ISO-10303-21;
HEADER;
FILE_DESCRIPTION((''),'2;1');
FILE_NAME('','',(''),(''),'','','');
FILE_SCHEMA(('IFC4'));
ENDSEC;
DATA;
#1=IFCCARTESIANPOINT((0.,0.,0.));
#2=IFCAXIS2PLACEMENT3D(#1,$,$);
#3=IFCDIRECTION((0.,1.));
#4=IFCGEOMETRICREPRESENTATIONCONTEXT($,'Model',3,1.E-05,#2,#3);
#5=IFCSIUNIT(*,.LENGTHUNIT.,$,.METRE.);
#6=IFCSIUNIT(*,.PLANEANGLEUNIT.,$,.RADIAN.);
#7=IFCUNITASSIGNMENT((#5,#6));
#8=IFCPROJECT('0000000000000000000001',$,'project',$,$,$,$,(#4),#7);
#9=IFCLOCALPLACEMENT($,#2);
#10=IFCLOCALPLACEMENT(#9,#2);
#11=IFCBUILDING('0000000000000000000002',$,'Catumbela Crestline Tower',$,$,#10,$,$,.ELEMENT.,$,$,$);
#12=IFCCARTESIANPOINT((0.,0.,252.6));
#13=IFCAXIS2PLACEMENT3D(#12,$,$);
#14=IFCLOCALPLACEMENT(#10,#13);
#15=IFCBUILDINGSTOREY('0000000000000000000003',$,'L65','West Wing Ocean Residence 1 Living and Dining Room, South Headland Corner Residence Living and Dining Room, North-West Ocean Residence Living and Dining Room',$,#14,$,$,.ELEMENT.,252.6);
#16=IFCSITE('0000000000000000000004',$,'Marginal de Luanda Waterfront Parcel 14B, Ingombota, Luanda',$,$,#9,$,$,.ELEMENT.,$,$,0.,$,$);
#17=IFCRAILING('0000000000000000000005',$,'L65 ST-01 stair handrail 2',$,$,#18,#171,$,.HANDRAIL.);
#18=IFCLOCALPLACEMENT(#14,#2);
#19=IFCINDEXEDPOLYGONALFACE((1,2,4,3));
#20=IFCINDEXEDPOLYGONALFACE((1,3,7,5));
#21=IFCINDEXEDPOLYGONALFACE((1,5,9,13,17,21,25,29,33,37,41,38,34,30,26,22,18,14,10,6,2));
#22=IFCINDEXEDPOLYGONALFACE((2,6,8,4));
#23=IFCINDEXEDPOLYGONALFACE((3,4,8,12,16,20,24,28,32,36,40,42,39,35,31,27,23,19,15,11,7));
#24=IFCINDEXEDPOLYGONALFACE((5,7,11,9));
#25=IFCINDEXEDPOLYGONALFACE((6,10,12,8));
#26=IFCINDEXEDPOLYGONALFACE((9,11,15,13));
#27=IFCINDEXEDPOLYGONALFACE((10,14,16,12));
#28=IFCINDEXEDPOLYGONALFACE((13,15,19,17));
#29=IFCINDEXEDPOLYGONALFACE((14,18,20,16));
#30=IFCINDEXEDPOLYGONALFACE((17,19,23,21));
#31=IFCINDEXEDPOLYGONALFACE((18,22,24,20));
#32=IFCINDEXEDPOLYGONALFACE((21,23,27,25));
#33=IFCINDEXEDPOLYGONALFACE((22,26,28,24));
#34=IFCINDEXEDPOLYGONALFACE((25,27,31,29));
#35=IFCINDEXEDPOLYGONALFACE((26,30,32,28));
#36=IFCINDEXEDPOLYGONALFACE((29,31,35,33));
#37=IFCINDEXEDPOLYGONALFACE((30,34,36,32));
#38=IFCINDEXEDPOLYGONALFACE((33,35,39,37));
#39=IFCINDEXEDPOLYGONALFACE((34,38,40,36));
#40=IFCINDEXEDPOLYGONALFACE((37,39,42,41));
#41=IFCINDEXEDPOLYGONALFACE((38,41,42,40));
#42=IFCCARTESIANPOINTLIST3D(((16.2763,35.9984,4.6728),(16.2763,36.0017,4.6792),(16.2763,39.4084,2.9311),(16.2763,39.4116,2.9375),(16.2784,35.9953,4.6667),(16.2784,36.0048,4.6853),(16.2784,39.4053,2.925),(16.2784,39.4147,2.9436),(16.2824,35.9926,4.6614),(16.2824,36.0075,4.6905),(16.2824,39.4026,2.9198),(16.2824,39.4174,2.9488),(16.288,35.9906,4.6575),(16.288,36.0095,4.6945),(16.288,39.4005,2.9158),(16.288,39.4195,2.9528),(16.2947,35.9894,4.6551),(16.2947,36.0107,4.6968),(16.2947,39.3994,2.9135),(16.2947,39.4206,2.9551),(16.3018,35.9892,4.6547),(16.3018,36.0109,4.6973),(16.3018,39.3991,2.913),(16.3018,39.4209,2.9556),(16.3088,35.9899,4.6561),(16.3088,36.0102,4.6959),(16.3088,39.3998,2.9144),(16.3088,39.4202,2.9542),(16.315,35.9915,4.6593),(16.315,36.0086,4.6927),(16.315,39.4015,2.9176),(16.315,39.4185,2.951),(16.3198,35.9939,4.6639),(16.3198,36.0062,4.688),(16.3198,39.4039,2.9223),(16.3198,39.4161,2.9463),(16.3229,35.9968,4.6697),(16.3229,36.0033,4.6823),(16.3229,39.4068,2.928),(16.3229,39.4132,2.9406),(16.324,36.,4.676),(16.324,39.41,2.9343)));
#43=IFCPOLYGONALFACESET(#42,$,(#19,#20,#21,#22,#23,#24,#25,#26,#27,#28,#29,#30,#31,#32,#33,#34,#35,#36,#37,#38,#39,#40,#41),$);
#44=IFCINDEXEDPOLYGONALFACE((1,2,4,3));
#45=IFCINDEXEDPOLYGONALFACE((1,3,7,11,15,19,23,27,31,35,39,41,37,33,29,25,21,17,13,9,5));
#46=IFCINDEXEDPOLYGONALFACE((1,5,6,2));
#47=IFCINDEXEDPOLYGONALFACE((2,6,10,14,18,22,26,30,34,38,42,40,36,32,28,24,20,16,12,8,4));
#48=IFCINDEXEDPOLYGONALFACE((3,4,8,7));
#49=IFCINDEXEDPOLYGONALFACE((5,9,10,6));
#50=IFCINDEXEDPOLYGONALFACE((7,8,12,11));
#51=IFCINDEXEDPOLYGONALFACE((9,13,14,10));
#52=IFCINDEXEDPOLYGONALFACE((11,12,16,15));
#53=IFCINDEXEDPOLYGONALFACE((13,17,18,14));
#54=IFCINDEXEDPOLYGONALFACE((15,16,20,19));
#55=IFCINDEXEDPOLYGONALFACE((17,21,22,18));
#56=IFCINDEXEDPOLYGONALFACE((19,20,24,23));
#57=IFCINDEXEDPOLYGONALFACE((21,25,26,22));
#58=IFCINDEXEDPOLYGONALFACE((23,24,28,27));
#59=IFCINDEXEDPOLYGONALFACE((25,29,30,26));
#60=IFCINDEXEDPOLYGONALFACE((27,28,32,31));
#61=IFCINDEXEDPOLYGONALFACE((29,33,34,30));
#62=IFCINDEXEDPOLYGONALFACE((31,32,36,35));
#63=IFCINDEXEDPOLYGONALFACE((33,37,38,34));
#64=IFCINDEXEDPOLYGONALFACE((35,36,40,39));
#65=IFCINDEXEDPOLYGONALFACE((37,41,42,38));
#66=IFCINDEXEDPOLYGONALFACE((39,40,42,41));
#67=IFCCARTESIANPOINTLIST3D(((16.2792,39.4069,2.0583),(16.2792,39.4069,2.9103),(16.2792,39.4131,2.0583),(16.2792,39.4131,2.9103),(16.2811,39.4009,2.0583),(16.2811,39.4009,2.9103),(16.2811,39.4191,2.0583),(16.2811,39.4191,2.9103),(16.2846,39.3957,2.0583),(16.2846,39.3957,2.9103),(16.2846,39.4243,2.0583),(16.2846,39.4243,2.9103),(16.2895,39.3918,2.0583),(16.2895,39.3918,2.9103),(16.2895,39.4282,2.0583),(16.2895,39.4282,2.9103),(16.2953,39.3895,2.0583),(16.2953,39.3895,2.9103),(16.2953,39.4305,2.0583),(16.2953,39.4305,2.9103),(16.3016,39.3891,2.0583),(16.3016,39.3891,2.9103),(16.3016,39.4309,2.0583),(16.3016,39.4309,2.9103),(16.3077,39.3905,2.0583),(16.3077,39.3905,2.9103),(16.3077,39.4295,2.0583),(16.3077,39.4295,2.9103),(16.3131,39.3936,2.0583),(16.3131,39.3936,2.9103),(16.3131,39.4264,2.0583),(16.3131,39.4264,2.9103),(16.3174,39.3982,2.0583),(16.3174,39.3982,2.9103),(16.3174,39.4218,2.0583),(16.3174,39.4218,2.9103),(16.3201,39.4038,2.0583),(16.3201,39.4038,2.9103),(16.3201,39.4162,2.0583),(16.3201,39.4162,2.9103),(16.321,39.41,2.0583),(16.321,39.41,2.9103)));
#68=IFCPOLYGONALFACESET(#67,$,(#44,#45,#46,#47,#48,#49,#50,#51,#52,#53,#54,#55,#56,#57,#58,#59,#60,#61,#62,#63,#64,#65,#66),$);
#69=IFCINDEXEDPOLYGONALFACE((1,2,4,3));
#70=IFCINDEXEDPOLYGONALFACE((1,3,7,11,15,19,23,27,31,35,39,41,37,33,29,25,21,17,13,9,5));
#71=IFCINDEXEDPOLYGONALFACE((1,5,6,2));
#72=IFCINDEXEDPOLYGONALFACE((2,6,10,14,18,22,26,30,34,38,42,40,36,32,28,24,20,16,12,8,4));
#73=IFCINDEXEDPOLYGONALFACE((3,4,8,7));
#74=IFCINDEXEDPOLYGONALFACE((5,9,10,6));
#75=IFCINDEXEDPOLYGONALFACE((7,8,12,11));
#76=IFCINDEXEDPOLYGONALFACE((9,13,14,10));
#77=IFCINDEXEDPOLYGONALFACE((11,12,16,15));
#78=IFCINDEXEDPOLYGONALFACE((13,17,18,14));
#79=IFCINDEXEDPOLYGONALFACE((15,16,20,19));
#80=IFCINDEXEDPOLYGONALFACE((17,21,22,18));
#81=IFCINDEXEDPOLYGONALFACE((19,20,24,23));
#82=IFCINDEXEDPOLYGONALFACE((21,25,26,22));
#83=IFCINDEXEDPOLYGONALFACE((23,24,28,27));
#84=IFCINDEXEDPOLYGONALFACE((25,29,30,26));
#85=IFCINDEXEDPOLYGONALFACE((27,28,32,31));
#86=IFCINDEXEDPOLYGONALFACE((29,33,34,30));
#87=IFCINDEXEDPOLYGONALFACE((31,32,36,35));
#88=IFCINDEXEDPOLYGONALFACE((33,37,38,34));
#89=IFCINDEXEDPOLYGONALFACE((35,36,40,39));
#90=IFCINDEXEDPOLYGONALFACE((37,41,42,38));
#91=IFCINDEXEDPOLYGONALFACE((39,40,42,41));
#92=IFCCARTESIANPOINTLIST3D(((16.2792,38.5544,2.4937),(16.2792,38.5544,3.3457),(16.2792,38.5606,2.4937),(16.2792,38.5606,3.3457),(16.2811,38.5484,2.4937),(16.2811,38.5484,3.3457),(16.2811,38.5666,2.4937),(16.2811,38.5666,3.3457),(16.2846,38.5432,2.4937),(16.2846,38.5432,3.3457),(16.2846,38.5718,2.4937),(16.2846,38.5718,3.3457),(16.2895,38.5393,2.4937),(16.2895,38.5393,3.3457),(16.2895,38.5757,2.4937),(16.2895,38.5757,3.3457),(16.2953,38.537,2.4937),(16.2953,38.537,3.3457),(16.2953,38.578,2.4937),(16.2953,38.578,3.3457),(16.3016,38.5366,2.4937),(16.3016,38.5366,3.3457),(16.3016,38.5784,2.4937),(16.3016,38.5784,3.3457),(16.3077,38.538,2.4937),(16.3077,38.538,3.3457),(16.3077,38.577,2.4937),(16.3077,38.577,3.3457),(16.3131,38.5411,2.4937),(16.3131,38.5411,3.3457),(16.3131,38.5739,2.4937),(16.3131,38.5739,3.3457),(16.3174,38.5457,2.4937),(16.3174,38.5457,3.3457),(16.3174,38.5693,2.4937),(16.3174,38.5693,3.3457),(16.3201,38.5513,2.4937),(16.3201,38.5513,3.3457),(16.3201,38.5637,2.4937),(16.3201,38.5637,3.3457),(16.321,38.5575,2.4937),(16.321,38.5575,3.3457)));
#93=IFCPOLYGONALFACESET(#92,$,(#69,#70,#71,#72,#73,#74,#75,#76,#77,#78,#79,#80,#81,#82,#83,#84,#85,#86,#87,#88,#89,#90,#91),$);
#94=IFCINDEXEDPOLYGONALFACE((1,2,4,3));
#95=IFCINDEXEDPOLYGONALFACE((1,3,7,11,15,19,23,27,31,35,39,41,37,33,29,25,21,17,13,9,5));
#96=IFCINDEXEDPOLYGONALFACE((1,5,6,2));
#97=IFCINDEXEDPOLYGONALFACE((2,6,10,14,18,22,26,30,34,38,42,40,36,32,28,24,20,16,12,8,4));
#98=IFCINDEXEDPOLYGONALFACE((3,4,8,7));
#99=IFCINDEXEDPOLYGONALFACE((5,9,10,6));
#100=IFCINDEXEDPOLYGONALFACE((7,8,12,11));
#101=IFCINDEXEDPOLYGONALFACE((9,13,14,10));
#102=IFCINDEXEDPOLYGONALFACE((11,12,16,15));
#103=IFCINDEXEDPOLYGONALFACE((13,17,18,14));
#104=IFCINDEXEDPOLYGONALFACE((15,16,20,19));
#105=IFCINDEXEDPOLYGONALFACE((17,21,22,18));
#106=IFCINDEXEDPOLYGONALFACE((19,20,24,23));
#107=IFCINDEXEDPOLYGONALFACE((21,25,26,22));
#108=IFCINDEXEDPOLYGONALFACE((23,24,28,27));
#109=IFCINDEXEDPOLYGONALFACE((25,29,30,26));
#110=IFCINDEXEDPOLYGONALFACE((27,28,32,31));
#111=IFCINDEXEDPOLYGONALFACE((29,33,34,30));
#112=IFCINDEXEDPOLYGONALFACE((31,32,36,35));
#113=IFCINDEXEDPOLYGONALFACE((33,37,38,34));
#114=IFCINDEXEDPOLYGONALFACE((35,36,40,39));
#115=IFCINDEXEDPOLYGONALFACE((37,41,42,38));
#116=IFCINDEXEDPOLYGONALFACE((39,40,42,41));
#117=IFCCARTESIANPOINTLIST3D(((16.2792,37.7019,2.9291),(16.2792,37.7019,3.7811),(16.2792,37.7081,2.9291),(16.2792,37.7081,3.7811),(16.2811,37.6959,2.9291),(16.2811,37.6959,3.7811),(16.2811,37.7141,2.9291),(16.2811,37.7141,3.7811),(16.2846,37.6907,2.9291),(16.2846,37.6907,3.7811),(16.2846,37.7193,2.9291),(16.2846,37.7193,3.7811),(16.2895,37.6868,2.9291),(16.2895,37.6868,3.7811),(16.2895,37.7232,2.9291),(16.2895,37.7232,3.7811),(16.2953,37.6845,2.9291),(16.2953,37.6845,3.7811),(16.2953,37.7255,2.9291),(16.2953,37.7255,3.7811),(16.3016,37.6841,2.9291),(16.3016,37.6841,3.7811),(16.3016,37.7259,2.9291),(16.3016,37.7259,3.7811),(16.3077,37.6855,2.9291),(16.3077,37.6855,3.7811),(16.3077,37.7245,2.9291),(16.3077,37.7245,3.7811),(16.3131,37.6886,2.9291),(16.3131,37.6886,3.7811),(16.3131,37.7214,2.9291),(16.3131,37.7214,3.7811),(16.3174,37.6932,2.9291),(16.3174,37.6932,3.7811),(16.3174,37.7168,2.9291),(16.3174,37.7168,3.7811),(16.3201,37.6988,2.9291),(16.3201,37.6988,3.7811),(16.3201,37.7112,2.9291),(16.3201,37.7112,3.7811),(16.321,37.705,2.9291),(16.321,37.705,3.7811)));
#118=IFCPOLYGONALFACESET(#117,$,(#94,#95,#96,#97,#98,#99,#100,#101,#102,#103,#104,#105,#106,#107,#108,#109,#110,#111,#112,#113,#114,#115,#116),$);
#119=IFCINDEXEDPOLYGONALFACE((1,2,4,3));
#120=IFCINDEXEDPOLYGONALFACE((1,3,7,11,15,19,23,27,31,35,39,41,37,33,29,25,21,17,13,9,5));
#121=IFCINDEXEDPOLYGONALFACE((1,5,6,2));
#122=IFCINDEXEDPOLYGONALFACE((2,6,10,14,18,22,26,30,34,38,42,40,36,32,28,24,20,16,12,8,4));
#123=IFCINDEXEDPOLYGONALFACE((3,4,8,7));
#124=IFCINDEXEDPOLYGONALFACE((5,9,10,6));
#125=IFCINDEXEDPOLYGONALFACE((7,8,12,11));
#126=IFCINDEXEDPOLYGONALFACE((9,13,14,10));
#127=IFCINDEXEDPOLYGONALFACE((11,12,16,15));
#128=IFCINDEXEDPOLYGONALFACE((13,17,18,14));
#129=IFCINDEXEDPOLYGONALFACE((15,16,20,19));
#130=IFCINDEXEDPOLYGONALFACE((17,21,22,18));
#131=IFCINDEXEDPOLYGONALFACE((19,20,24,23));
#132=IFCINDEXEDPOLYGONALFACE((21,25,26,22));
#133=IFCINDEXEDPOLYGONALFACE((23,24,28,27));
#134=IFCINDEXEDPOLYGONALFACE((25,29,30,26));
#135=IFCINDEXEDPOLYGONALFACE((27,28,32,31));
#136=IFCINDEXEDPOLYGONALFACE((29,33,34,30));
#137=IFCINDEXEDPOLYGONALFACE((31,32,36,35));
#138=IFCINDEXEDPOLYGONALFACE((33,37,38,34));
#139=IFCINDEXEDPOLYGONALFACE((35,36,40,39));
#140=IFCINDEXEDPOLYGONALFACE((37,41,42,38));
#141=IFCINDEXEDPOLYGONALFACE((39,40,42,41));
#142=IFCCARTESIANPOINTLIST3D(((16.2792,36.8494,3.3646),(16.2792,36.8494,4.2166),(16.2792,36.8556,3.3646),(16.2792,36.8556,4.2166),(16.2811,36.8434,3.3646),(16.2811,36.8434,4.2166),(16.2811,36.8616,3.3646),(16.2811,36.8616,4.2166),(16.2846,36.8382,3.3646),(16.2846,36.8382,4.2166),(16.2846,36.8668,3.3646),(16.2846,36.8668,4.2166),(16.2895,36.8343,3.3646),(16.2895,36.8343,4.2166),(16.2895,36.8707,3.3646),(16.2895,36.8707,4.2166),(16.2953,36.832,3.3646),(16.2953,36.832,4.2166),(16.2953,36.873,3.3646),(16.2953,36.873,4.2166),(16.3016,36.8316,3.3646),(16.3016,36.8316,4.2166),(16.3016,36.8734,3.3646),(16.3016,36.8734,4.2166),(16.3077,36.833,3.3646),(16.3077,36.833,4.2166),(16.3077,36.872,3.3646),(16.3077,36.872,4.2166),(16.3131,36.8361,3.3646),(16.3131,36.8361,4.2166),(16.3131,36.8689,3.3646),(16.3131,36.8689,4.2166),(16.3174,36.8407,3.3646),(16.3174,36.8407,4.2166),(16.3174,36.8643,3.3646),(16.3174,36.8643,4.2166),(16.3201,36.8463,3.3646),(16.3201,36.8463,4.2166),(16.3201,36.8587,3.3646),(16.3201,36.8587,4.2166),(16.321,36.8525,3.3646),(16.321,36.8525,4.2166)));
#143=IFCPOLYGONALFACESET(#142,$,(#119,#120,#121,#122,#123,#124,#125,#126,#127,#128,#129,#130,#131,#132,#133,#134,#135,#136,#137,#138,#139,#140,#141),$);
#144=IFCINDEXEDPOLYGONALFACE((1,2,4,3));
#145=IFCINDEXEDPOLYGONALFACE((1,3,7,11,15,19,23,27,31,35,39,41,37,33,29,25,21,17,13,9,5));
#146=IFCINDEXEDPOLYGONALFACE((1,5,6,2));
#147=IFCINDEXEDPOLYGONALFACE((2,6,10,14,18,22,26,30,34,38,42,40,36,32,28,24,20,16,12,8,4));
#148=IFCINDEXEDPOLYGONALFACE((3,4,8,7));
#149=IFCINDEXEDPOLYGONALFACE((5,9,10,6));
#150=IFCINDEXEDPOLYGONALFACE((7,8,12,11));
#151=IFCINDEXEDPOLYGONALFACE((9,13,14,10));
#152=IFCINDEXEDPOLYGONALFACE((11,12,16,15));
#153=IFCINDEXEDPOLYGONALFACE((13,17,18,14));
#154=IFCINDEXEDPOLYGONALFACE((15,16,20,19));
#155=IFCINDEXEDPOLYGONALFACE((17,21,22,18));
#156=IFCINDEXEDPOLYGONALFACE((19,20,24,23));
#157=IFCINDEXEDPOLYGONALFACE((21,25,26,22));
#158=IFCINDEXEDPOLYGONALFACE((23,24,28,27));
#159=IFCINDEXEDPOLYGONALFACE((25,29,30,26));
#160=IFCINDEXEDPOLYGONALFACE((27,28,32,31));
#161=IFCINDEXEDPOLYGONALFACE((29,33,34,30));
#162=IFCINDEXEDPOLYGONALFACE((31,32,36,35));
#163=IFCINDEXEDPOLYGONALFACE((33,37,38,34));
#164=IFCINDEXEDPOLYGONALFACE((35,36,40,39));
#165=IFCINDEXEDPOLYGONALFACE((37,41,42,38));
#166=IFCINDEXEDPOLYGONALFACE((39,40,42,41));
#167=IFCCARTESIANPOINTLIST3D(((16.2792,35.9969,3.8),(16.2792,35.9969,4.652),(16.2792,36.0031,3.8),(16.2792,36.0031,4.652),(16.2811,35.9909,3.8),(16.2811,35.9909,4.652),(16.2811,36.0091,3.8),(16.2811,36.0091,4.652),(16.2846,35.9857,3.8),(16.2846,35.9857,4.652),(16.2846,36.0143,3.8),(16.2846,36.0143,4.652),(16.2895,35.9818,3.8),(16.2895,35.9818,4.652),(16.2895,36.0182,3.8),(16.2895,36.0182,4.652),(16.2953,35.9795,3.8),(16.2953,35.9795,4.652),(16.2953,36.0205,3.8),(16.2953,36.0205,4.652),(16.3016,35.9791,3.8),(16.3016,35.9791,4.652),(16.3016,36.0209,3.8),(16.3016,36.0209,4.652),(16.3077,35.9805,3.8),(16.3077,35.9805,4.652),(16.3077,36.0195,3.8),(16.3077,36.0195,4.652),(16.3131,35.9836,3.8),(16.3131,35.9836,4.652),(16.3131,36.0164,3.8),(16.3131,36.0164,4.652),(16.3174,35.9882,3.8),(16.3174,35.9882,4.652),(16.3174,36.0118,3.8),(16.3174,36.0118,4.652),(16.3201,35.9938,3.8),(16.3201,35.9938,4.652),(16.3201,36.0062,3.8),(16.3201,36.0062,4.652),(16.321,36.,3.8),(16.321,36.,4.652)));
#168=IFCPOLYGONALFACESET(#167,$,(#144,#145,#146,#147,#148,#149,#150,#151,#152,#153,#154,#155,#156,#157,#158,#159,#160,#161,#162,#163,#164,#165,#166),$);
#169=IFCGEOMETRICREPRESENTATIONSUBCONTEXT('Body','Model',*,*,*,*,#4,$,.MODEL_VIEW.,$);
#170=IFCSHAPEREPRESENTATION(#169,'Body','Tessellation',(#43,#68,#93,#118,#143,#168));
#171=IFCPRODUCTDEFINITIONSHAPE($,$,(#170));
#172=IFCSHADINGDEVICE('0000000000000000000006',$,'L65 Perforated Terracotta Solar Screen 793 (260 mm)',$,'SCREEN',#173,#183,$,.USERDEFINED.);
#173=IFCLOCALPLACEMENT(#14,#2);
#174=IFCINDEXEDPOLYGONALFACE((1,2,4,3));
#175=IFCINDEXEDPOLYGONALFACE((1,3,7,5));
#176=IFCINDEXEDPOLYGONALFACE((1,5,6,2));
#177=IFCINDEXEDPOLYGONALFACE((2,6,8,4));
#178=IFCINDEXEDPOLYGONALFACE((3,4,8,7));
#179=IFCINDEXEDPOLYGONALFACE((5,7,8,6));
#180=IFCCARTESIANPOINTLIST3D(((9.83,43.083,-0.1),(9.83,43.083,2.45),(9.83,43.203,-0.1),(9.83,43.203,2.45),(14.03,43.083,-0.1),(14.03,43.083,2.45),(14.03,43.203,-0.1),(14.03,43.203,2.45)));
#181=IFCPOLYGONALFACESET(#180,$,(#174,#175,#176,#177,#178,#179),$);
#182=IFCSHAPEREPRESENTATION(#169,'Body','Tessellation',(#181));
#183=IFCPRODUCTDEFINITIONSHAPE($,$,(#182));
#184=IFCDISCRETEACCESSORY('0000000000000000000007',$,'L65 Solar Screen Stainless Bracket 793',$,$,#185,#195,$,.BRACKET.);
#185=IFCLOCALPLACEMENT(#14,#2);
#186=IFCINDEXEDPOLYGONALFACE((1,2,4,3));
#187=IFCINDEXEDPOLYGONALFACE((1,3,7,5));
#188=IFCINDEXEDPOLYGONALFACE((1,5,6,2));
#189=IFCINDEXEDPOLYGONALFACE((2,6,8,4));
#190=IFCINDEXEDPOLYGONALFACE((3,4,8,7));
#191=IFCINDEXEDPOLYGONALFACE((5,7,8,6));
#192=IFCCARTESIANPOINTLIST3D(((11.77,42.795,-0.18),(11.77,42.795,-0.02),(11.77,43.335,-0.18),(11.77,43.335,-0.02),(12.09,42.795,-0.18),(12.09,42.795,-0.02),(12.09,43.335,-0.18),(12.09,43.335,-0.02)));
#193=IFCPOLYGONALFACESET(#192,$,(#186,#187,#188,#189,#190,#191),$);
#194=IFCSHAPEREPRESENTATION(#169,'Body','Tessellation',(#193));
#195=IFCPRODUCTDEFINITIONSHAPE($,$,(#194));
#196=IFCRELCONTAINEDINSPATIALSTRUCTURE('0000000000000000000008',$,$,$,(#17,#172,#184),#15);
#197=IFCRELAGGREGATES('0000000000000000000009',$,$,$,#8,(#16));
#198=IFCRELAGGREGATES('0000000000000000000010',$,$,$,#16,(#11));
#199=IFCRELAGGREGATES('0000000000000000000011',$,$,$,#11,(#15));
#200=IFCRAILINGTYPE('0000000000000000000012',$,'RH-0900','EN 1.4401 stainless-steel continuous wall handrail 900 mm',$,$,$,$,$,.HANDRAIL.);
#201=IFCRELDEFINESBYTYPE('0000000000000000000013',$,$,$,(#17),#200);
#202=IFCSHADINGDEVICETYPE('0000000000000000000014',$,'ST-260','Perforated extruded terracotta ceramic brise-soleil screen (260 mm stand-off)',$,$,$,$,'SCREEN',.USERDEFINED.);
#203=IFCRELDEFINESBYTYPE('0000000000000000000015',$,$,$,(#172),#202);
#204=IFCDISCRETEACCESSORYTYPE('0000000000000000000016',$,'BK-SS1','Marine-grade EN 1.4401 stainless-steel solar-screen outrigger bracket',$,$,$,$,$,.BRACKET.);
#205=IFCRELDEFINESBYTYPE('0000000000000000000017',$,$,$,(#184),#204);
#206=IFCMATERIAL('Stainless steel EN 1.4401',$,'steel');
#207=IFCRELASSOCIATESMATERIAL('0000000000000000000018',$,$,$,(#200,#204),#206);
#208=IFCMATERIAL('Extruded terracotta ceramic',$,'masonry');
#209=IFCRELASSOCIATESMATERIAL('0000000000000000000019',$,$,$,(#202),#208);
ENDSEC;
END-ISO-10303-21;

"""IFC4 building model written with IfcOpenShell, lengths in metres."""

from ifc_helpers import new_model, si_unit, direction, frame, origin, origin_2d, place, context, subcontext, project, spatial, rectangle, circle, extrude, material, type_object, element, save


model = new_model("IFC4")

# Units and contexts
model_context = context("Model", 3, precision=1e-05, world=origin(), true_north=direction((0.0, 1.0)))
body_context = subcontext(model_context, "Body", "Model", "MODEL_VIEW")
ifc_project = project(units=[si_unit("LENGTHUNIT", "METRE"), si_unit("PLANEANGLEUNIT", "RADIAN")], contexts=[model_context])

# Site, building, storey
site_placement = place(None, origin())
site = spatial("IfcSite", under=ifc_project, at=site_placement, Name="Marginal de Luanda Waterfront Parcel 14B, Ingombota, Luanda", CompositionType="ELEMENT", RefElevation=0.0)
building_placement = place(site_placement, origin())
building = spatial("IfcBuilding", under=site, at=building_placement, Name="Catumbela Crestline Tower", CompositionType="ELEMENT")
storey_placement = place(building_placement, frame((0.0, 0.0, 252.6)))
storey = spatial("IfcBuildingStorey", under=building, at=storey_placement, Name="L65", Description="West Wing Ocean Residence 1 Living and Dining Room, South Headland Corner Residence Living and Dining Room, North-West Ocean Residence Living and Dining Room", CompositionType="ELEMENT", Elevation=252.6)

# Shared definitions
ifc_material_1 = material(Name="Stainless steel EN 1.4401", Category="steel")

# Railing
railing_type_1 = type_object("IfcRailingType", Name="RH-0900", Description="EN 1.4401 stainless-steel continuous wall handrail 900 mm", PredefinedType="HANDRAIL", material=ifc_material_1)
railing_1_placement = place(storey_placement, frame((16.3, 39.41, 2.0583)))
element("IfcRailing", 1, at=railing_1_placement, inside=storey, type_object=railing_type_1, Name="L65 ST-01 stair handrail 2", PredefinedType="HANDRAIL", context=body_context, shape_type="SweptSolid", body=[
    extrude(circle(Radius=0.024, at=origin_2d()), frame((0.0, 0.0, 0.876), z_axis=(0.0, -0.89056, 0.454865), x_axis=(1.0, 0.0, 0.0)), (0.0, 0.0, 1.0), 3.829),
    extrude(circle(Radius=0.021, at=origin_2d()), origin(), (0.0, 0.0, 1.0), 0.852),
    extrude(circle(Radius=0.021, at=origin_2d()), frame((0.0, -0.8525, 0.4354)), (0.0, 0.0, 1.0), 0.852),
    extrude(circle(Radius=0.021, at=origin_2d()), frame((0.0, -1.705, 0.8708)), (0.0, 0.0, 1.0), 0.852),
    extrude(circle(Radius=0.021, at=origin_2d()), frame((0.0, -2.5575, 1.3063)), (0.0, 0.0, 1.0), 0.852),
    extrude(circle(Radius=0.021, at=origin_2d()), frame((0.0, -3.41, 1.7417)), (0.0, 0.0, 1.0), 0.852),
])

# Shading device
ifc_material_2 = material(Name="Extruded terracotta ceramic", Category="masonry")
shading_device_type = type_object("IfcShadingDeviceType", Name="ST-260", Description="Perforated extruded terracotta ceramic brise-soleil screen (260 mm stand-off)", ElementType="SCREEN", PredefinedType="USERDEFINED", material=ifc_material_2)
shading_device_placement = place(storey_placement, frame((11.93, 43.143, -0.1), z_axis=(0.0, 0.0, 1.0), x_axis=(-1.0, 0.0, 0.0)))
element("IfcShadingDevice", 2, at=shading_device_placement, inside=storey, type_object=shading_device_type, Name="L65 Perforated Terracotta Solar Screen 793 (260 mm)", ObjectType="SCREEN", PredefinedType="USERDEFINED", context=body_context, shape_type="SweptSolid", body=[
    extrude(rectangle(XDim=4.2, YDim=0.12, at=origin_2d()), origin(), (0.0, 0.0, 1.0), 2.55),
])

# Discrete accessory
discrete_accessory_type = type_object("IfcDiscreteAccessoryType", Name="BK-SS1", Description="Marine-grade EN 1.4401 stainless-steel solar-screen outrigger bracket", PredefinedType="BRACKET", material=ifc_material_1)
discrete_accessory_placement = place(storey_placement, frame((11.93, 43.065, -0.18), z_axis=(0.0, 0.0, 1.0), x_axis=(-1.0, 0.0, 0.0)))
element("IfcDiscreteAccessory", 3, at=discrete_accessory_placement, inside=storey, type_object=discrete_accessory_type, Name="L65 Solar Screen Stainless Bracket 793", PredefinedType="BRACKET", context=body_context, shape_type="SweptSolid", body=[
    extrude(rectangle(XDim=0.32, YDim=0.54, at=origin_2d()), origin(), (0.0, 0.0, 1.0), 0.16),
])

save(model, "model.ifc")
